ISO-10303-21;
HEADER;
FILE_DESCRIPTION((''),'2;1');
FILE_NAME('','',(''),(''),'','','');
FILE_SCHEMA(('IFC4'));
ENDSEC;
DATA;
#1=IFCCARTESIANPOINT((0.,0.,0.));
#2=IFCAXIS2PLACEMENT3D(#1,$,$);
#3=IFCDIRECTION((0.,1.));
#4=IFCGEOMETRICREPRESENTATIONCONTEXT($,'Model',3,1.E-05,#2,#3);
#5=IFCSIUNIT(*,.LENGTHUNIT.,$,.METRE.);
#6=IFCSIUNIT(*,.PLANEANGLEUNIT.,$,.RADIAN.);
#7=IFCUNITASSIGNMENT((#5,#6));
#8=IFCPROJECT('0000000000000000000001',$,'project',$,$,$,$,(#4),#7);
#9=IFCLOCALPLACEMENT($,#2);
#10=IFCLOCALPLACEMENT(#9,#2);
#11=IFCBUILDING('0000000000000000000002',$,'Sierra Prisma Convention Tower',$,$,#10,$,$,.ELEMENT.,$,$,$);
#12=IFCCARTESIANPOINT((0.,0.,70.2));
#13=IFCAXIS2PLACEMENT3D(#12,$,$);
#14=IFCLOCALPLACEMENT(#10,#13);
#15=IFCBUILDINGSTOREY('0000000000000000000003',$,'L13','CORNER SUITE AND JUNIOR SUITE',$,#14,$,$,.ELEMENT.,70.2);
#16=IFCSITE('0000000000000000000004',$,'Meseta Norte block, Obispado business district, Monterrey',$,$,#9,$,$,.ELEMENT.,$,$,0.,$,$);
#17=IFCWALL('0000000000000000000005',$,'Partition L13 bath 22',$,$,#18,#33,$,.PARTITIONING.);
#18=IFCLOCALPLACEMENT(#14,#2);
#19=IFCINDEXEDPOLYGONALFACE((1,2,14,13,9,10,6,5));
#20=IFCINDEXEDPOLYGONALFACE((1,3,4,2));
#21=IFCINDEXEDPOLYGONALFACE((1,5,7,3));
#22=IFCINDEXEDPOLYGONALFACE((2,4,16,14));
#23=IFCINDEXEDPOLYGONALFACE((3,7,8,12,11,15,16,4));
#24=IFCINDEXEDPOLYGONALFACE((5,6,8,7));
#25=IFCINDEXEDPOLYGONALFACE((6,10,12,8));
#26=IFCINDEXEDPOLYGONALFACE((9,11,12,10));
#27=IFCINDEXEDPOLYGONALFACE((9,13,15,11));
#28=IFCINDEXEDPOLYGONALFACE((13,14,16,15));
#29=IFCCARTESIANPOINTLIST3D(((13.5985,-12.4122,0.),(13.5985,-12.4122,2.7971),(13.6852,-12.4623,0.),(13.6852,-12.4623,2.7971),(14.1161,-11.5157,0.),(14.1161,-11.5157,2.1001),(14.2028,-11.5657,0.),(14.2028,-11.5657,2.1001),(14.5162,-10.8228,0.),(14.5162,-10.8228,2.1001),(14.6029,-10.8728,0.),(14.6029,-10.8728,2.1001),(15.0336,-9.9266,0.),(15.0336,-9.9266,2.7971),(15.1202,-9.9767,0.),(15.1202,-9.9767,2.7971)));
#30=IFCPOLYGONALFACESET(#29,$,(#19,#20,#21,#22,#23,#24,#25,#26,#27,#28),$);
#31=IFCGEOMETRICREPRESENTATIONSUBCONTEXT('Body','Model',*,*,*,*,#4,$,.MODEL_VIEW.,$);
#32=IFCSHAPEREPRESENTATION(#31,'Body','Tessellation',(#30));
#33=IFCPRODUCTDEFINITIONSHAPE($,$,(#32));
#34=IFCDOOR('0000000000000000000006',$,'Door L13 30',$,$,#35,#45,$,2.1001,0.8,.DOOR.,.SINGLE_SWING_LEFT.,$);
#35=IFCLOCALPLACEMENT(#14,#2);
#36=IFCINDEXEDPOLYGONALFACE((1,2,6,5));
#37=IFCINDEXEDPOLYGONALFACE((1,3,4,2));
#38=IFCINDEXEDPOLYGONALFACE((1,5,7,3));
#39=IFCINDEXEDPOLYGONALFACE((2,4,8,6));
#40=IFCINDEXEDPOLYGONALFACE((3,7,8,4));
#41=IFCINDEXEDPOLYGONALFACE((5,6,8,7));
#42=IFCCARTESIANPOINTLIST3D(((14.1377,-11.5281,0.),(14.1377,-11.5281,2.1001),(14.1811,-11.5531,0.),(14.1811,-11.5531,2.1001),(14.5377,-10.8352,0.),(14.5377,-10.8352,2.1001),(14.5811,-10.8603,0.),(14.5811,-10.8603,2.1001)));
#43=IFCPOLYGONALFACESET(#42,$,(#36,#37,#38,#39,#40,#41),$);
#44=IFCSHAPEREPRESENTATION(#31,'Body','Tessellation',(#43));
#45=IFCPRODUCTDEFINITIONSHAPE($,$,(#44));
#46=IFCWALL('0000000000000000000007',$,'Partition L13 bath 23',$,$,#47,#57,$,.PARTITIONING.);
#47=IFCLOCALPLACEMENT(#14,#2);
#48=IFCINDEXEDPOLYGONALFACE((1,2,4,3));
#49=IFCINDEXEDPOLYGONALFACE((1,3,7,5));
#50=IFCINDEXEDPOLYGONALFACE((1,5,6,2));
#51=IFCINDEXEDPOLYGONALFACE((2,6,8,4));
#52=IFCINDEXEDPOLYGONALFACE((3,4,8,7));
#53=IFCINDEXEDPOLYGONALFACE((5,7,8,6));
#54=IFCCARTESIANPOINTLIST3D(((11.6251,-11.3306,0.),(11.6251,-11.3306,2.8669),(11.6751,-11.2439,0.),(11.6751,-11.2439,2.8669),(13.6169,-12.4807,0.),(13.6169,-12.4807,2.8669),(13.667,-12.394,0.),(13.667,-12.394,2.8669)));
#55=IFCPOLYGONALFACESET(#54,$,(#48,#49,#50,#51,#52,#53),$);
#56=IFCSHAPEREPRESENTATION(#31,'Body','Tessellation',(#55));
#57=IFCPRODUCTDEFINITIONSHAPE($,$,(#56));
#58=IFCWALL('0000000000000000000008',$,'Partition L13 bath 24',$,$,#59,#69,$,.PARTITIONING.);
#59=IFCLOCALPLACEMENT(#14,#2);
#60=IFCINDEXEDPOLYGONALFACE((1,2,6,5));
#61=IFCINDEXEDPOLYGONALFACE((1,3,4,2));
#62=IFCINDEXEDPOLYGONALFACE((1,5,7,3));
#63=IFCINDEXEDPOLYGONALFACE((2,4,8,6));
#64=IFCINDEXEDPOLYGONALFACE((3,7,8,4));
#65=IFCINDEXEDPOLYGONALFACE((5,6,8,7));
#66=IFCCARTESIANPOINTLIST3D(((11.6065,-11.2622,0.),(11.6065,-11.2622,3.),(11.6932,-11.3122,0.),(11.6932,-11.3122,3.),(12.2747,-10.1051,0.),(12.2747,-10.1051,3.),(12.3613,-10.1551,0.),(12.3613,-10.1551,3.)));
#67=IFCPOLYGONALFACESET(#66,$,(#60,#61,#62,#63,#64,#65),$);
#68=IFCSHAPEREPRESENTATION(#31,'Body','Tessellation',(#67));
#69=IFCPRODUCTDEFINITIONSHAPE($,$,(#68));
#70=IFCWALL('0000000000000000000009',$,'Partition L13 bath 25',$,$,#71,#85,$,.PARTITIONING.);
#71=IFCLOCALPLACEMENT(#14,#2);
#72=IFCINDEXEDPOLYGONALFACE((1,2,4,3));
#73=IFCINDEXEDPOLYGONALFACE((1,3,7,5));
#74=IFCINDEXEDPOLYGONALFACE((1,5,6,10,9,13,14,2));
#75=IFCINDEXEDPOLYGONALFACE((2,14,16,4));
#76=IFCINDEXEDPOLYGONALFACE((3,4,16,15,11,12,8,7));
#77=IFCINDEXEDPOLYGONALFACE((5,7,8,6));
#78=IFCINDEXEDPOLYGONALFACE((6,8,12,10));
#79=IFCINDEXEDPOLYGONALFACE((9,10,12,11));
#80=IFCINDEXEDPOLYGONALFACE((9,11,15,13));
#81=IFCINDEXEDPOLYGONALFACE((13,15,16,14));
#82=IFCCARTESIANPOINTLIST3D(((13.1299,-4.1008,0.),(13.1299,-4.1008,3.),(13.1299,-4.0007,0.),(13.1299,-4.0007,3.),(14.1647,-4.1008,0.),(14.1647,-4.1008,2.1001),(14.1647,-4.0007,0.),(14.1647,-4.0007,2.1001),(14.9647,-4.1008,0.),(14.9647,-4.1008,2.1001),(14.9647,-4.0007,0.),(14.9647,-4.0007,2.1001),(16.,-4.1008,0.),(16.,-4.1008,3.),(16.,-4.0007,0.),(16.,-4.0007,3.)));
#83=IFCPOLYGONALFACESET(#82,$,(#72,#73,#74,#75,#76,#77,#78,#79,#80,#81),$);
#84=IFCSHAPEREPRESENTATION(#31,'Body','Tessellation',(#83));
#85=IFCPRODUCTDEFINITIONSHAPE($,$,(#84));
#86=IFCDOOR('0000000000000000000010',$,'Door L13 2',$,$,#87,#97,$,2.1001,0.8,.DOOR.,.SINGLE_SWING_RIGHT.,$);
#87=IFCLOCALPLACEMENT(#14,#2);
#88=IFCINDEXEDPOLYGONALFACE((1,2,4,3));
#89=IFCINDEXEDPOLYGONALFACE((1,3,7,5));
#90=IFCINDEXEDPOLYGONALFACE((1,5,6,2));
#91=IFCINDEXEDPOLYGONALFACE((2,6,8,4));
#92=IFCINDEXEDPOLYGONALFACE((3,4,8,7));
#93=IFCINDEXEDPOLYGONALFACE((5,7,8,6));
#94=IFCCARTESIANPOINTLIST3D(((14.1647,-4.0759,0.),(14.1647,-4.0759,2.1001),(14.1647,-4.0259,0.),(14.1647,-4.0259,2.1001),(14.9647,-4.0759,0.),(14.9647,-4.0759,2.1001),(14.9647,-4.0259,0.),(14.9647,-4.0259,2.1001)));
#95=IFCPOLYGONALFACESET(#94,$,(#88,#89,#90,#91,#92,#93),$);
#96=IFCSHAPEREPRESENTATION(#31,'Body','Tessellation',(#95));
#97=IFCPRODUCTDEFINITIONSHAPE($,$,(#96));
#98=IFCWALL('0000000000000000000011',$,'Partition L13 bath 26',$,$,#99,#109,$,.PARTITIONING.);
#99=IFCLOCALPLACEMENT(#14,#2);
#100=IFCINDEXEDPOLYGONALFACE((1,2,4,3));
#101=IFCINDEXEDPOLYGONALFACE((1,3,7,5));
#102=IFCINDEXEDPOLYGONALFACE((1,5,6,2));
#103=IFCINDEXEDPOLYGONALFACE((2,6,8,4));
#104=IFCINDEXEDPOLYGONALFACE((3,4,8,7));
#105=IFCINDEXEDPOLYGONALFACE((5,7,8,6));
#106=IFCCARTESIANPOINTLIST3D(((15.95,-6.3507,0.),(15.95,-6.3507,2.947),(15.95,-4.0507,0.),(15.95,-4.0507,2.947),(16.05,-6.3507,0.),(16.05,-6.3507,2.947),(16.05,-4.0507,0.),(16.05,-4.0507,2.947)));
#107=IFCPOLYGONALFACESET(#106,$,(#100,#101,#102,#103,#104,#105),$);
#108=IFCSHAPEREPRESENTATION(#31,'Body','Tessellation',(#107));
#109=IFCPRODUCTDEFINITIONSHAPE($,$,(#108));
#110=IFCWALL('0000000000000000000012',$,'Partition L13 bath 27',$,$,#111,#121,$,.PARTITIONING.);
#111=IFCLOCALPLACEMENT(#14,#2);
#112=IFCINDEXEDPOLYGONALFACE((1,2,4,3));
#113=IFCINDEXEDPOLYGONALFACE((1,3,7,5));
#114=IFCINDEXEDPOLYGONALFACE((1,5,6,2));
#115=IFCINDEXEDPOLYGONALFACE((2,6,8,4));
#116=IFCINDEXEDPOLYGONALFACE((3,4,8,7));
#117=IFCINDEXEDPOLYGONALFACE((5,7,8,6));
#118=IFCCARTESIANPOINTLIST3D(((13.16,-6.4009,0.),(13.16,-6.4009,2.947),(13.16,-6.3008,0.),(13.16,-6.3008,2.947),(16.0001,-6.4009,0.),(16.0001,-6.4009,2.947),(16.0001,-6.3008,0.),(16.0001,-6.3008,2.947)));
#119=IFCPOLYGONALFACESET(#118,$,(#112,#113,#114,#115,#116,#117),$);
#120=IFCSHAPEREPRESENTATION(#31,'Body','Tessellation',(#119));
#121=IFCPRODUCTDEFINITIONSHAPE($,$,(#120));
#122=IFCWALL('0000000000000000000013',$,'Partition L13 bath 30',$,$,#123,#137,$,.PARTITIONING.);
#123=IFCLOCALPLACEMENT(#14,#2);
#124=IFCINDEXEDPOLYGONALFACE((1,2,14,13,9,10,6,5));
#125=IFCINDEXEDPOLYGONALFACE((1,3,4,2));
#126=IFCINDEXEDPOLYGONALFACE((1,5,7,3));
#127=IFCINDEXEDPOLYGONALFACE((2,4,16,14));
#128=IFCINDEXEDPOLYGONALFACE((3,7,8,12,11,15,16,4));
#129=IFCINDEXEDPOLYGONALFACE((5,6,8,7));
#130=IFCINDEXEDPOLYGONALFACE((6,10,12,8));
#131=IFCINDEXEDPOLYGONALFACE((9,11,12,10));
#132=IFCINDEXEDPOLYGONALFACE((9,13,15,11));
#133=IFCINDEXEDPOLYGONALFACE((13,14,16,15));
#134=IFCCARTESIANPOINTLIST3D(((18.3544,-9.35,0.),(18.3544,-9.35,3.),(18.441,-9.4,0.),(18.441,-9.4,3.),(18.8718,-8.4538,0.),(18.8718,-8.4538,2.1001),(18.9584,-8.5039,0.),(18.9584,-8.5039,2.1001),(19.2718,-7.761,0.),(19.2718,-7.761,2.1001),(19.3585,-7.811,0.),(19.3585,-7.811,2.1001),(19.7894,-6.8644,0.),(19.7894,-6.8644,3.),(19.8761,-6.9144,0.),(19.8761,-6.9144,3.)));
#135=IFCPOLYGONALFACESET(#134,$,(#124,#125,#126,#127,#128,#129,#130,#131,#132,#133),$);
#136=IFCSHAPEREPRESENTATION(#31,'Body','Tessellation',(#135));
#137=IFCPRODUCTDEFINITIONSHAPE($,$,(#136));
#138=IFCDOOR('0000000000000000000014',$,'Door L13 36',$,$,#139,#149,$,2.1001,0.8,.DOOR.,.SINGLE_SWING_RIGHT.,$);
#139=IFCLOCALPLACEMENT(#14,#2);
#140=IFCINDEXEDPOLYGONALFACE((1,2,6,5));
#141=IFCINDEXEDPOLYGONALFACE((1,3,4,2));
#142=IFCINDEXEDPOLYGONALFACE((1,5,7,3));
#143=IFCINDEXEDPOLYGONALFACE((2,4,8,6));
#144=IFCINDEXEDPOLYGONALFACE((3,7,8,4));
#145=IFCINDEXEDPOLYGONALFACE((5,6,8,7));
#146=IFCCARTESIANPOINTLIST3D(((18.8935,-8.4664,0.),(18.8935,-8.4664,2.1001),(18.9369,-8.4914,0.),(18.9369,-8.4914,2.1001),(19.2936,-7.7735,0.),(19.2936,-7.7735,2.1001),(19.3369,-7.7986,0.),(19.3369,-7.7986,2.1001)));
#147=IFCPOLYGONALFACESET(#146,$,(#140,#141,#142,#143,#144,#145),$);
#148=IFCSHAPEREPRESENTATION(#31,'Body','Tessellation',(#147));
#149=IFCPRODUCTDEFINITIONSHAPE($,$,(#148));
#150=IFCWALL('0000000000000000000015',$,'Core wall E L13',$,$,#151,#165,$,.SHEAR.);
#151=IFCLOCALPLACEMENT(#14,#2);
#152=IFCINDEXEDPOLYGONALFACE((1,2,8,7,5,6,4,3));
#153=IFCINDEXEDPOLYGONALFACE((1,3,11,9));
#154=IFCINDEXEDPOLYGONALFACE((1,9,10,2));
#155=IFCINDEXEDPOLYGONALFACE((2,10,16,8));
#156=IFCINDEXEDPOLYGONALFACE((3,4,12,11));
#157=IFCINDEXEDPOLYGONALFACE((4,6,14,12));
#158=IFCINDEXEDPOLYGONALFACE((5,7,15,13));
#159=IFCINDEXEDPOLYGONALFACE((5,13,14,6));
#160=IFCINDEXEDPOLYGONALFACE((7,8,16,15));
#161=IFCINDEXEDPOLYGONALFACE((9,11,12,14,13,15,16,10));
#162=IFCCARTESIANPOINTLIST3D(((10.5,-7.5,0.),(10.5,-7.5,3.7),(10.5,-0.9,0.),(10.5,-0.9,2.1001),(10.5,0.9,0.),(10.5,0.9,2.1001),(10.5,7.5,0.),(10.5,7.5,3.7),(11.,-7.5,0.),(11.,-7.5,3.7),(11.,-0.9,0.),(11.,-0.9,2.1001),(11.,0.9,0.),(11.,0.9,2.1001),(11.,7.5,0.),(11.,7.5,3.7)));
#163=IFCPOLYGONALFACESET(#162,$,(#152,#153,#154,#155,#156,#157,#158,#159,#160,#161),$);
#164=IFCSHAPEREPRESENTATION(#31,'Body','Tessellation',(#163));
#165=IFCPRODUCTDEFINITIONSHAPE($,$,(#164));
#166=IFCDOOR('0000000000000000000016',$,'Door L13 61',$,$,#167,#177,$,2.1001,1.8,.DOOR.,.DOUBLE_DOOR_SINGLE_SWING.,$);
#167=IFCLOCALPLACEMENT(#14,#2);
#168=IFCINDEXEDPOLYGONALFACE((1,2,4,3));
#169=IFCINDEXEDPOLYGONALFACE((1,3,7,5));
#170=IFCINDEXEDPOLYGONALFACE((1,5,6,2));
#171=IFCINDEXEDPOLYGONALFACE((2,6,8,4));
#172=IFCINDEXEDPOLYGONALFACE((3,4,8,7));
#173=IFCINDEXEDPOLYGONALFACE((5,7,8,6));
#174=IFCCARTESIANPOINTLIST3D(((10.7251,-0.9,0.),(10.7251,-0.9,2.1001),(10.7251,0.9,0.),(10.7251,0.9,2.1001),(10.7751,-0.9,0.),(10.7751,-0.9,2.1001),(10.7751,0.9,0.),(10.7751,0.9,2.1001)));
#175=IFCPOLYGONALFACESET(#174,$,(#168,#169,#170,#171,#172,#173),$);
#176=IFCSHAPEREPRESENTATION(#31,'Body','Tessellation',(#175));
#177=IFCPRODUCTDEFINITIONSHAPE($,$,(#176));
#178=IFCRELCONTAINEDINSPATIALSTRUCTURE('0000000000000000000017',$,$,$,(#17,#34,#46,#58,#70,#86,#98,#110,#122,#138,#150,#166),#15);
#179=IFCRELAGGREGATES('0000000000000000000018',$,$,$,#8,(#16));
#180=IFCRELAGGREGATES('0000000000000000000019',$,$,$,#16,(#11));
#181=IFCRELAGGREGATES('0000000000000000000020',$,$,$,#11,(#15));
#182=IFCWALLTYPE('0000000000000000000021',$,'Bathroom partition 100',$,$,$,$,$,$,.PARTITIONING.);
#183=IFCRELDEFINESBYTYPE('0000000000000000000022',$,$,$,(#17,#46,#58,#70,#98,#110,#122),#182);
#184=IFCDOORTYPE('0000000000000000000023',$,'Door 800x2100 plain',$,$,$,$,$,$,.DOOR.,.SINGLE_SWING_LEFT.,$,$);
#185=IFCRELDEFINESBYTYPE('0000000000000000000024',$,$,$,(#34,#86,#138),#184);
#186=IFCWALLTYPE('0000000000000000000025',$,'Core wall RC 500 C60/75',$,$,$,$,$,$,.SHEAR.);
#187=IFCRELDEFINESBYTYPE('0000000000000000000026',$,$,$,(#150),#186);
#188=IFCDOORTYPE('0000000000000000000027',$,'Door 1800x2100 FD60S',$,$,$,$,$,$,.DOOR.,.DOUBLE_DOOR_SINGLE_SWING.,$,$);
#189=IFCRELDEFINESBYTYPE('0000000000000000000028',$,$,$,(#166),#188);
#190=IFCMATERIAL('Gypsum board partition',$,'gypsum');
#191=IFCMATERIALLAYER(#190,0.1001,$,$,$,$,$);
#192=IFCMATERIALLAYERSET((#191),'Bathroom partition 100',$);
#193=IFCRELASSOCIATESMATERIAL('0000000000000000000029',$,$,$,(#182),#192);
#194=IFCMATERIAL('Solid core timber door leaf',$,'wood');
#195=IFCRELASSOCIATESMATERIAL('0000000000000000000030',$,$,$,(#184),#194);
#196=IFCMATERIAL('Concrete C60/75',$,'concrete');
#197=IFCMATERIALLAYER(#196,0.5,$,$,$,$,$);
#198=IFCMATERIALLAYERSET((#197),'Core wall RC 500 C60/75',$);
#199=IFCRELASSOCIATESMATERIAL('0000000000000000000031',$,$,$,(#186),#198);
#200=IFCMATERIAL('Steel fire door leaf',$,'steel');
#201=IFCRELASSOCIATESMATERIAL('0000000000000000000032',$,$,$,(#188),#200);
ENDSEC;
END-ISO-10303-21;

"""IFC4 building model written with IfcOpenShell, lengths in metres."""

from ifc_helpers import new_model, si_unit, direction, frame, frame_2d, origin, place, context, subcontext, project, spatial, rectangle, extrude, material, layer, layer_set, type_object, element, fill, save


model = new_model("IFC4")

# Units and contexts
model_context = context("Model", 3, precision=1e-05, world=origin(), true_north=direction((0.0, 1.0)))
body_context = subcontext(model_context, "Body", "Model", "MODEL_VIEW")
ifc_project = project(units=[si_unit("LENGTHUNIT", "METRE"), si_unit("PLANEANGLEUNIT", "RADIAN")], contexts=[model_context])

# Site, building, storey
site_placement = place(None, origin())
site = spatial("IfcSite", under=ifc_project, at=site_placement, Name="Meseta Norte block, Obispado business district, Monterrey", CompositionType="ELEMENT", RefElevation=0.0)
building_placement = place(site_placement, origin())
building = spatial("IfcBuilding", under=site, at=building_placement, Name="Sierra Prisma Convention Tower", CompositionType="ELEMENT")
storey_placement = place(building_placement, frame((0.0, 0.0, 70.2)))
storey = spatial("IfcBuildingStorey", under=building, at=storey_placement, Name="L13", Description="CORNER SUITE AND JUNIOR SUITE", CompositionType="ELEMENT", Elevation=70.2)

# Wall, opening, door
ifc_material_1 = material(Name="Gypsum board partition", Category="gypsum")
ifc_layer_1 = layer(ifc_material_1, 0.1001)
ifc_layer_set_1 = layer_set([ifc_layer_1], Name="Bathroom partition 100")
wall_type_1 = type_object("IfcWallType", Name="Bathroom partition 100", PredefinedType="PARTITIONING", material=ifc_layer_set_1)
wall_1_placement = place(storey_placement, frame((15.0769, -9.9517, 0.0), z_axis=(0.0, 0.0, 1.0), x_axis=(-0.5, -0.866026, 0.0)))
wall_1 = element("IfcWall", 1, at=wall_1_placement, inside=storey, type_object=wall_type_1, Name="Partition L13 bath 22", PredefinedType="PARTITIONING", context=body_context, shape_type="SweptSolid", body=[
    extrude(rectangle(XDim=2.8701, YDim=0.1001, at=frame_2d((1.4351, 0.0))), origin(), (0.0, 0.0, 1.0), 2.7971),
])
opening_1_placement = place(wall_1_placement, frame((1.0349, 0.0, 0.0)))
opening_1 = element("IfcOpeningElement", 2, at=opening_1_placement, cuts=wall_1, PredefinedType="OPENING", context=body_context, shape_type="SweptSolid", body=[
    extrude(rectangle(XDim=0.8, YDim=2.1001, at=frame_2d((0.3999, 1.05))), frame((0.0, 0.05, 0.0), z_axis=(0.0, -1.0, 0.0), x_axis=(1.0, 0.0, 0.0)), (0.0, 0.0, 1.0), 0.1001),
])
ifc_material_2 = material(Name="Solid core timber door leaf", Category="wood")
door_type_1 = type_object("IfcDoorType", Name="Door 800x2100 plain", OperationType="SINGLE_SWING_LEFT", PredefinedType="DOOR", material=ifc_material_2)
door_1_placement = place(opening_1_placement, origin())
door_1 = element("IfcDoor", 3, at=door_1_placement, inside=storey, type_object=door_type_1, Name="Door L13 30", OperationType="SINGLE_SWING_LEFT", OverallHeight=2.1001, OverallWidth=0.8, PredefinedType="DOOR", context=body_context, shape_type="SweptSolid", body=[
    extrude(rectangle(XDim=0.8, YDim=2.1001, at=frame_2d((0.3999, 1.05))), frame((0.0, 0.0249, 0.0), z_axis=(0.0, -1.0, 0.0), x_axis=(1.0, 0.0, 0.0)), (0.0, 0.0, 1.0), 0.05),
])
fill(opening_1, door_1)

# Walls
wall_2_placement = place(storey_placement, frame((13.6418, -12.4373, 0.0), z_axis=(0.0, 0.0, 1.0), x_axis=(-0.866007, 0.500032, 0.0)))
element("IfcWall", 4, at=wall_2_placement, inside=storey, type_object=wall_type_1, Name="Partition L13 bath 23", PredefinedType="PARTITIONING", context=body_context, shape_type="SweptSolid", body=[
    extrude(rectangle(XDim=2.3, YDim=0.1001, at=frame_2d((1.1499, 0.0))), origin(), (0.0, 0.0, 1.0), 2.8669),
])
wall_3_placement = place(storey_placement, frame((11.6499, -11.2871, 0.0), z_axis=(0.0, 0.0, 1.0), x_axis=(0.500049, 0.865997, 0.0)))
element("IfcWall", 5, at=wall_3_placement, inside=storey, type_object=wall_type_1, Name="Partition L13 bath 24", PredefinedType="PARTITIONING", context=body_context, shape_type="SweptSolid", body=[
    extrude(rectangle(XDim=1.3362, YDim=0.1001, at=frame_2d((0.668, 0.0))), origin(), (0.0, 0.0, 1.0), 3.0),
])

# Wall, opening, door
wall_4_placement = place(storey_placement, frame((13.1299, -4.0508, 0.0), z_axis=(0.0, 0.0, 1.0), x_axis=(1.0, 0.0, 0.0)))
wall_4 = element("IfcWall", 6, at=wall_4_placement, inside=storey, type_object=wall_type_1, Name="Partition L13 bath 25", PredefinedType="PARTITIONING", context=body_context, shape_type="SweptSolid", body=[
    extrude(rectangle(XDim=2.8701, YDim=0.1001, at=frame_2d((1.4351, 0.0))), origin(), (0.0, 0.0, 1.0), 3.0),
])
opening_2_placement = place(wall_4_placement, frame((1.0349, 0.0, 0.0)))
opening_2 = element("IfcOpeningElement", 7, at=opening_2_placement, cuts=wall_4, PredefinedType="OPENING", context=body_context, shape_type="SweptSolid", body=[
    extrude(rectangle(XDim=0.8, YDim=2.1001, at=frame_2d((0.3999, 1.05))), frame((0.0, 0.05, 0.0), z_axis=(0.0, -1.0, 0.0), x_axis=(1.0, 0.0, 0.0)), (0.0, 0.0, 1.0), 0.1001),
])
door_2_placement = place(opening_2_placement, origin())
door_2 = element("IfcDoor", 8, at=door_2_placement, inside=storey, type_object=door_type_1, Name="Door L13 2", OperationType="SINGLE_SWING_RIGHT", OverallHeight=2.1001, OverallWidth=0.8, PredefinedType="DOOR", context=body_context, shape_type="SweptSolid", body=[
    extrude(rectangle(XDim=0.8, YDim=2.1001, at=frame_2d((0.3999, 1.05))), frame((0.0, 0.0249, 0.0), z_axis=(0.0, -1.0, 0.0), x_axis=(1.0, 0.0, 0.0)), (0.0, 0.0, 1.0), 0.05),
])
fill(opening_2, door_2)

# Walls
wall_5_placement = place(storey_placement, frame((16.0, -4.0508, 0.0), z_axis=(0.0, 0.0, 1.0), x_axis=(0.0, -1.0, 0.0)))
element("IfcWall", 9, at=wall_5_placement, inside=storey, type_object=wall_type_1, Name="Partition L13 bath 26", PredefinedType="PARTITIONING", context=body_context, shape_type="SweptSolid", body=[
    extrude(rectangle(XDim=2.3, YDim=0.1001, at=frame_2d((1.1499, 0.0))), origin(), (0.0, 0.0, 1.0), 2.947),
])
wall_6_placement = place(storey_placement, frame((16.0, -6.3508, 0.0), z_axis=(0.0, 0.0, 1.0), x_axis=(-1.0, 0.0, 0.0)))
element("IfcWall", 10, at=wall_6_placement, inside=storey, type_object=wall_type_1, Name="Partition L13 bath 27", PredefinedType="PARTITIONING", context=body_context, shape_type="SweptSolid", body=[
    extrude(rectangle(XDim=2.8401, YDim=0.1001, at=frame_2d((1.4199, 0.0))), origin(), (0.0, 0.0, 1.0), 2.947),
])

# Walls, openings, doors
wall_7_placement = place(storey_placement, frame((18.3977, -9.375, 0.0), z_axis=(0.0, 0.0, 1.0), x_axis=(0.5, 0.866026, 0.0)))
wall_7 = element("IfcWall", 11, at=wall_7_placement, inside=storey, type_object=wall_type_1, Name="Partition L13 bath 30", PredefinedType="PARTITIONING", context=body_context, shape_type="SweptSolid", body=[
    extrude(rectangle(XDim=2.8701, YDim=0.1001, at=frame_2d((1.4351, 0.0))), origin(), (0.0, 0.0, 1.0), 3.0),
])
opening_3_placement = place(wall_7_placement, frame((1.0349, 0.0, 0.0)))
opening_3 = element("IfcOpeningElement", 12, at=opening_3_placement, cuts=wall_7, PredefinedType="OPENING", context=body_context, shape_type="SweptSolid", body=[
    extrude(rectangle(XDim=0.8, YDim=2.1001, at=frame_2d((0.3999, 1.05))), frame((0.0, 0.05, 0.0), z_axis=(0.0, -1.0, 0.0), x_axis=(1.0, 0.0, 0.0)), (0.0, 0.0, 1.0), 0.1001),
])
door_3_placement = place(opening_3_placement, origin())
door_3 = element("IfcDoor", 13, at=door_3_placement, inside=storey, type_object=door_type_1, Name="Door L13 36", OperationType="SINGLE_SWING_RIGHT", OverallHeight=2.1001, OverallWidth=0.8, PredefinedType="DOOR", context=body_context, shape_type="SweptSolid", body=[
    extrude(rectangle(XDim=0.8, YDim=2.1001, at=frame_2d((0.3999, 1.05))), frame((0.0, 0.0249, 0.0), z_axis=(0.0, -1.0, 0.0), x_axis=(1.0, 0.0, 0.0)), (0.0, 0.0, 1.0), 0.05),
])
fill(opening_3, door_3)
ifc_material_3 = material(Name="Concrete C60/75", Category="concrete")
ifc_layer_2 = layer(ifc_material_3, 0.5)
ifc_layer_set_2 = layer_set([ifc_layer_2], Name="Core wall RC 500 C60/75")
wall_type_2 = type_object("IfcWallType", Name="Core wall RC 500 C60/75", PredefinedType="SHEAR", material=ifc_layer_set_2)
wall_8_placement = place(storey_placement, frame((10.75, -7.5, 0.0), z_axis=(0.0, 0.0, 1.0), x_axis=(0.0, 1.0, 0.0)))
wall_8 = element("IfcWall", 14, at=wall_8_placement, inside=storey, type_object=wall_type_2, Name="Core wall E L13", PredefinedType="SHEAR", context=body_context, shape_type="SweptSolid", body=[
    extrude(rectangle(XDim=15.0, YDim=0.5, at=frame_2d((7.5, 0.0))), origin(), (0.0, 0.0, 1.0), 3.7),
])
opening_4_placement = place(wall_8_placement, frame((6.6001, 0.0, 0.0)))
opening_4 = element("IfcOpeningElement", 15, at=opening_4_placement, cuts=wall_8, PredefinedType="OPENING", context=body_context, shape_type="SweptSolid", body=[
    extrude(rectangle(XDim=1.8, YDim=2.1001, at=frame_2d((0.8999, 1.05))), frame((0.0, 0.25, 0.0), z_axis=(0.0, -1.0, 0.0), x_axis=(1.0, 0.0, 0.0)), (0.0, 0.0, 1.0), 0.5),
])
ifc_material_4 = material(Name="Steel fire door leaf", Category="steel")
door_type_2 = type_object("IfcDoorType", Name="Door 1800x2100 FD60S", OperationType="DOUBLE_DOOR_SINGLE_SWING", PredefinedType="DOOR", material=ifc_material_4)
door_4_placement = place(opening_4_placement, origin())
door_4 = element("IfcDoor", 16, at=door_4_placement, inside=storey, type_object=door_type_2, Name="Door L13 61", OperationType="DOUBLE_DOOR_SINGLE_SWING", OverallHeight=2.1001, OverallWidth=1.8, PredefinedType="DOOR", context=body_context, shape_type="SweptSolid", body=[
    extrude(rectangle(XDim=1.8, YDim=2.1001, at=frame_2d((0.8999, 1.05))), frame((0.0, 0.0249, 0.0), z_axis=(0.0, -1.0, 0.0), x_axis=(1.0, 0.0, 0.0)), (0.0, 0.0, 1.0), 0.05),
])
fill(opening_4, door_4)

save(model, "model.ifc")
